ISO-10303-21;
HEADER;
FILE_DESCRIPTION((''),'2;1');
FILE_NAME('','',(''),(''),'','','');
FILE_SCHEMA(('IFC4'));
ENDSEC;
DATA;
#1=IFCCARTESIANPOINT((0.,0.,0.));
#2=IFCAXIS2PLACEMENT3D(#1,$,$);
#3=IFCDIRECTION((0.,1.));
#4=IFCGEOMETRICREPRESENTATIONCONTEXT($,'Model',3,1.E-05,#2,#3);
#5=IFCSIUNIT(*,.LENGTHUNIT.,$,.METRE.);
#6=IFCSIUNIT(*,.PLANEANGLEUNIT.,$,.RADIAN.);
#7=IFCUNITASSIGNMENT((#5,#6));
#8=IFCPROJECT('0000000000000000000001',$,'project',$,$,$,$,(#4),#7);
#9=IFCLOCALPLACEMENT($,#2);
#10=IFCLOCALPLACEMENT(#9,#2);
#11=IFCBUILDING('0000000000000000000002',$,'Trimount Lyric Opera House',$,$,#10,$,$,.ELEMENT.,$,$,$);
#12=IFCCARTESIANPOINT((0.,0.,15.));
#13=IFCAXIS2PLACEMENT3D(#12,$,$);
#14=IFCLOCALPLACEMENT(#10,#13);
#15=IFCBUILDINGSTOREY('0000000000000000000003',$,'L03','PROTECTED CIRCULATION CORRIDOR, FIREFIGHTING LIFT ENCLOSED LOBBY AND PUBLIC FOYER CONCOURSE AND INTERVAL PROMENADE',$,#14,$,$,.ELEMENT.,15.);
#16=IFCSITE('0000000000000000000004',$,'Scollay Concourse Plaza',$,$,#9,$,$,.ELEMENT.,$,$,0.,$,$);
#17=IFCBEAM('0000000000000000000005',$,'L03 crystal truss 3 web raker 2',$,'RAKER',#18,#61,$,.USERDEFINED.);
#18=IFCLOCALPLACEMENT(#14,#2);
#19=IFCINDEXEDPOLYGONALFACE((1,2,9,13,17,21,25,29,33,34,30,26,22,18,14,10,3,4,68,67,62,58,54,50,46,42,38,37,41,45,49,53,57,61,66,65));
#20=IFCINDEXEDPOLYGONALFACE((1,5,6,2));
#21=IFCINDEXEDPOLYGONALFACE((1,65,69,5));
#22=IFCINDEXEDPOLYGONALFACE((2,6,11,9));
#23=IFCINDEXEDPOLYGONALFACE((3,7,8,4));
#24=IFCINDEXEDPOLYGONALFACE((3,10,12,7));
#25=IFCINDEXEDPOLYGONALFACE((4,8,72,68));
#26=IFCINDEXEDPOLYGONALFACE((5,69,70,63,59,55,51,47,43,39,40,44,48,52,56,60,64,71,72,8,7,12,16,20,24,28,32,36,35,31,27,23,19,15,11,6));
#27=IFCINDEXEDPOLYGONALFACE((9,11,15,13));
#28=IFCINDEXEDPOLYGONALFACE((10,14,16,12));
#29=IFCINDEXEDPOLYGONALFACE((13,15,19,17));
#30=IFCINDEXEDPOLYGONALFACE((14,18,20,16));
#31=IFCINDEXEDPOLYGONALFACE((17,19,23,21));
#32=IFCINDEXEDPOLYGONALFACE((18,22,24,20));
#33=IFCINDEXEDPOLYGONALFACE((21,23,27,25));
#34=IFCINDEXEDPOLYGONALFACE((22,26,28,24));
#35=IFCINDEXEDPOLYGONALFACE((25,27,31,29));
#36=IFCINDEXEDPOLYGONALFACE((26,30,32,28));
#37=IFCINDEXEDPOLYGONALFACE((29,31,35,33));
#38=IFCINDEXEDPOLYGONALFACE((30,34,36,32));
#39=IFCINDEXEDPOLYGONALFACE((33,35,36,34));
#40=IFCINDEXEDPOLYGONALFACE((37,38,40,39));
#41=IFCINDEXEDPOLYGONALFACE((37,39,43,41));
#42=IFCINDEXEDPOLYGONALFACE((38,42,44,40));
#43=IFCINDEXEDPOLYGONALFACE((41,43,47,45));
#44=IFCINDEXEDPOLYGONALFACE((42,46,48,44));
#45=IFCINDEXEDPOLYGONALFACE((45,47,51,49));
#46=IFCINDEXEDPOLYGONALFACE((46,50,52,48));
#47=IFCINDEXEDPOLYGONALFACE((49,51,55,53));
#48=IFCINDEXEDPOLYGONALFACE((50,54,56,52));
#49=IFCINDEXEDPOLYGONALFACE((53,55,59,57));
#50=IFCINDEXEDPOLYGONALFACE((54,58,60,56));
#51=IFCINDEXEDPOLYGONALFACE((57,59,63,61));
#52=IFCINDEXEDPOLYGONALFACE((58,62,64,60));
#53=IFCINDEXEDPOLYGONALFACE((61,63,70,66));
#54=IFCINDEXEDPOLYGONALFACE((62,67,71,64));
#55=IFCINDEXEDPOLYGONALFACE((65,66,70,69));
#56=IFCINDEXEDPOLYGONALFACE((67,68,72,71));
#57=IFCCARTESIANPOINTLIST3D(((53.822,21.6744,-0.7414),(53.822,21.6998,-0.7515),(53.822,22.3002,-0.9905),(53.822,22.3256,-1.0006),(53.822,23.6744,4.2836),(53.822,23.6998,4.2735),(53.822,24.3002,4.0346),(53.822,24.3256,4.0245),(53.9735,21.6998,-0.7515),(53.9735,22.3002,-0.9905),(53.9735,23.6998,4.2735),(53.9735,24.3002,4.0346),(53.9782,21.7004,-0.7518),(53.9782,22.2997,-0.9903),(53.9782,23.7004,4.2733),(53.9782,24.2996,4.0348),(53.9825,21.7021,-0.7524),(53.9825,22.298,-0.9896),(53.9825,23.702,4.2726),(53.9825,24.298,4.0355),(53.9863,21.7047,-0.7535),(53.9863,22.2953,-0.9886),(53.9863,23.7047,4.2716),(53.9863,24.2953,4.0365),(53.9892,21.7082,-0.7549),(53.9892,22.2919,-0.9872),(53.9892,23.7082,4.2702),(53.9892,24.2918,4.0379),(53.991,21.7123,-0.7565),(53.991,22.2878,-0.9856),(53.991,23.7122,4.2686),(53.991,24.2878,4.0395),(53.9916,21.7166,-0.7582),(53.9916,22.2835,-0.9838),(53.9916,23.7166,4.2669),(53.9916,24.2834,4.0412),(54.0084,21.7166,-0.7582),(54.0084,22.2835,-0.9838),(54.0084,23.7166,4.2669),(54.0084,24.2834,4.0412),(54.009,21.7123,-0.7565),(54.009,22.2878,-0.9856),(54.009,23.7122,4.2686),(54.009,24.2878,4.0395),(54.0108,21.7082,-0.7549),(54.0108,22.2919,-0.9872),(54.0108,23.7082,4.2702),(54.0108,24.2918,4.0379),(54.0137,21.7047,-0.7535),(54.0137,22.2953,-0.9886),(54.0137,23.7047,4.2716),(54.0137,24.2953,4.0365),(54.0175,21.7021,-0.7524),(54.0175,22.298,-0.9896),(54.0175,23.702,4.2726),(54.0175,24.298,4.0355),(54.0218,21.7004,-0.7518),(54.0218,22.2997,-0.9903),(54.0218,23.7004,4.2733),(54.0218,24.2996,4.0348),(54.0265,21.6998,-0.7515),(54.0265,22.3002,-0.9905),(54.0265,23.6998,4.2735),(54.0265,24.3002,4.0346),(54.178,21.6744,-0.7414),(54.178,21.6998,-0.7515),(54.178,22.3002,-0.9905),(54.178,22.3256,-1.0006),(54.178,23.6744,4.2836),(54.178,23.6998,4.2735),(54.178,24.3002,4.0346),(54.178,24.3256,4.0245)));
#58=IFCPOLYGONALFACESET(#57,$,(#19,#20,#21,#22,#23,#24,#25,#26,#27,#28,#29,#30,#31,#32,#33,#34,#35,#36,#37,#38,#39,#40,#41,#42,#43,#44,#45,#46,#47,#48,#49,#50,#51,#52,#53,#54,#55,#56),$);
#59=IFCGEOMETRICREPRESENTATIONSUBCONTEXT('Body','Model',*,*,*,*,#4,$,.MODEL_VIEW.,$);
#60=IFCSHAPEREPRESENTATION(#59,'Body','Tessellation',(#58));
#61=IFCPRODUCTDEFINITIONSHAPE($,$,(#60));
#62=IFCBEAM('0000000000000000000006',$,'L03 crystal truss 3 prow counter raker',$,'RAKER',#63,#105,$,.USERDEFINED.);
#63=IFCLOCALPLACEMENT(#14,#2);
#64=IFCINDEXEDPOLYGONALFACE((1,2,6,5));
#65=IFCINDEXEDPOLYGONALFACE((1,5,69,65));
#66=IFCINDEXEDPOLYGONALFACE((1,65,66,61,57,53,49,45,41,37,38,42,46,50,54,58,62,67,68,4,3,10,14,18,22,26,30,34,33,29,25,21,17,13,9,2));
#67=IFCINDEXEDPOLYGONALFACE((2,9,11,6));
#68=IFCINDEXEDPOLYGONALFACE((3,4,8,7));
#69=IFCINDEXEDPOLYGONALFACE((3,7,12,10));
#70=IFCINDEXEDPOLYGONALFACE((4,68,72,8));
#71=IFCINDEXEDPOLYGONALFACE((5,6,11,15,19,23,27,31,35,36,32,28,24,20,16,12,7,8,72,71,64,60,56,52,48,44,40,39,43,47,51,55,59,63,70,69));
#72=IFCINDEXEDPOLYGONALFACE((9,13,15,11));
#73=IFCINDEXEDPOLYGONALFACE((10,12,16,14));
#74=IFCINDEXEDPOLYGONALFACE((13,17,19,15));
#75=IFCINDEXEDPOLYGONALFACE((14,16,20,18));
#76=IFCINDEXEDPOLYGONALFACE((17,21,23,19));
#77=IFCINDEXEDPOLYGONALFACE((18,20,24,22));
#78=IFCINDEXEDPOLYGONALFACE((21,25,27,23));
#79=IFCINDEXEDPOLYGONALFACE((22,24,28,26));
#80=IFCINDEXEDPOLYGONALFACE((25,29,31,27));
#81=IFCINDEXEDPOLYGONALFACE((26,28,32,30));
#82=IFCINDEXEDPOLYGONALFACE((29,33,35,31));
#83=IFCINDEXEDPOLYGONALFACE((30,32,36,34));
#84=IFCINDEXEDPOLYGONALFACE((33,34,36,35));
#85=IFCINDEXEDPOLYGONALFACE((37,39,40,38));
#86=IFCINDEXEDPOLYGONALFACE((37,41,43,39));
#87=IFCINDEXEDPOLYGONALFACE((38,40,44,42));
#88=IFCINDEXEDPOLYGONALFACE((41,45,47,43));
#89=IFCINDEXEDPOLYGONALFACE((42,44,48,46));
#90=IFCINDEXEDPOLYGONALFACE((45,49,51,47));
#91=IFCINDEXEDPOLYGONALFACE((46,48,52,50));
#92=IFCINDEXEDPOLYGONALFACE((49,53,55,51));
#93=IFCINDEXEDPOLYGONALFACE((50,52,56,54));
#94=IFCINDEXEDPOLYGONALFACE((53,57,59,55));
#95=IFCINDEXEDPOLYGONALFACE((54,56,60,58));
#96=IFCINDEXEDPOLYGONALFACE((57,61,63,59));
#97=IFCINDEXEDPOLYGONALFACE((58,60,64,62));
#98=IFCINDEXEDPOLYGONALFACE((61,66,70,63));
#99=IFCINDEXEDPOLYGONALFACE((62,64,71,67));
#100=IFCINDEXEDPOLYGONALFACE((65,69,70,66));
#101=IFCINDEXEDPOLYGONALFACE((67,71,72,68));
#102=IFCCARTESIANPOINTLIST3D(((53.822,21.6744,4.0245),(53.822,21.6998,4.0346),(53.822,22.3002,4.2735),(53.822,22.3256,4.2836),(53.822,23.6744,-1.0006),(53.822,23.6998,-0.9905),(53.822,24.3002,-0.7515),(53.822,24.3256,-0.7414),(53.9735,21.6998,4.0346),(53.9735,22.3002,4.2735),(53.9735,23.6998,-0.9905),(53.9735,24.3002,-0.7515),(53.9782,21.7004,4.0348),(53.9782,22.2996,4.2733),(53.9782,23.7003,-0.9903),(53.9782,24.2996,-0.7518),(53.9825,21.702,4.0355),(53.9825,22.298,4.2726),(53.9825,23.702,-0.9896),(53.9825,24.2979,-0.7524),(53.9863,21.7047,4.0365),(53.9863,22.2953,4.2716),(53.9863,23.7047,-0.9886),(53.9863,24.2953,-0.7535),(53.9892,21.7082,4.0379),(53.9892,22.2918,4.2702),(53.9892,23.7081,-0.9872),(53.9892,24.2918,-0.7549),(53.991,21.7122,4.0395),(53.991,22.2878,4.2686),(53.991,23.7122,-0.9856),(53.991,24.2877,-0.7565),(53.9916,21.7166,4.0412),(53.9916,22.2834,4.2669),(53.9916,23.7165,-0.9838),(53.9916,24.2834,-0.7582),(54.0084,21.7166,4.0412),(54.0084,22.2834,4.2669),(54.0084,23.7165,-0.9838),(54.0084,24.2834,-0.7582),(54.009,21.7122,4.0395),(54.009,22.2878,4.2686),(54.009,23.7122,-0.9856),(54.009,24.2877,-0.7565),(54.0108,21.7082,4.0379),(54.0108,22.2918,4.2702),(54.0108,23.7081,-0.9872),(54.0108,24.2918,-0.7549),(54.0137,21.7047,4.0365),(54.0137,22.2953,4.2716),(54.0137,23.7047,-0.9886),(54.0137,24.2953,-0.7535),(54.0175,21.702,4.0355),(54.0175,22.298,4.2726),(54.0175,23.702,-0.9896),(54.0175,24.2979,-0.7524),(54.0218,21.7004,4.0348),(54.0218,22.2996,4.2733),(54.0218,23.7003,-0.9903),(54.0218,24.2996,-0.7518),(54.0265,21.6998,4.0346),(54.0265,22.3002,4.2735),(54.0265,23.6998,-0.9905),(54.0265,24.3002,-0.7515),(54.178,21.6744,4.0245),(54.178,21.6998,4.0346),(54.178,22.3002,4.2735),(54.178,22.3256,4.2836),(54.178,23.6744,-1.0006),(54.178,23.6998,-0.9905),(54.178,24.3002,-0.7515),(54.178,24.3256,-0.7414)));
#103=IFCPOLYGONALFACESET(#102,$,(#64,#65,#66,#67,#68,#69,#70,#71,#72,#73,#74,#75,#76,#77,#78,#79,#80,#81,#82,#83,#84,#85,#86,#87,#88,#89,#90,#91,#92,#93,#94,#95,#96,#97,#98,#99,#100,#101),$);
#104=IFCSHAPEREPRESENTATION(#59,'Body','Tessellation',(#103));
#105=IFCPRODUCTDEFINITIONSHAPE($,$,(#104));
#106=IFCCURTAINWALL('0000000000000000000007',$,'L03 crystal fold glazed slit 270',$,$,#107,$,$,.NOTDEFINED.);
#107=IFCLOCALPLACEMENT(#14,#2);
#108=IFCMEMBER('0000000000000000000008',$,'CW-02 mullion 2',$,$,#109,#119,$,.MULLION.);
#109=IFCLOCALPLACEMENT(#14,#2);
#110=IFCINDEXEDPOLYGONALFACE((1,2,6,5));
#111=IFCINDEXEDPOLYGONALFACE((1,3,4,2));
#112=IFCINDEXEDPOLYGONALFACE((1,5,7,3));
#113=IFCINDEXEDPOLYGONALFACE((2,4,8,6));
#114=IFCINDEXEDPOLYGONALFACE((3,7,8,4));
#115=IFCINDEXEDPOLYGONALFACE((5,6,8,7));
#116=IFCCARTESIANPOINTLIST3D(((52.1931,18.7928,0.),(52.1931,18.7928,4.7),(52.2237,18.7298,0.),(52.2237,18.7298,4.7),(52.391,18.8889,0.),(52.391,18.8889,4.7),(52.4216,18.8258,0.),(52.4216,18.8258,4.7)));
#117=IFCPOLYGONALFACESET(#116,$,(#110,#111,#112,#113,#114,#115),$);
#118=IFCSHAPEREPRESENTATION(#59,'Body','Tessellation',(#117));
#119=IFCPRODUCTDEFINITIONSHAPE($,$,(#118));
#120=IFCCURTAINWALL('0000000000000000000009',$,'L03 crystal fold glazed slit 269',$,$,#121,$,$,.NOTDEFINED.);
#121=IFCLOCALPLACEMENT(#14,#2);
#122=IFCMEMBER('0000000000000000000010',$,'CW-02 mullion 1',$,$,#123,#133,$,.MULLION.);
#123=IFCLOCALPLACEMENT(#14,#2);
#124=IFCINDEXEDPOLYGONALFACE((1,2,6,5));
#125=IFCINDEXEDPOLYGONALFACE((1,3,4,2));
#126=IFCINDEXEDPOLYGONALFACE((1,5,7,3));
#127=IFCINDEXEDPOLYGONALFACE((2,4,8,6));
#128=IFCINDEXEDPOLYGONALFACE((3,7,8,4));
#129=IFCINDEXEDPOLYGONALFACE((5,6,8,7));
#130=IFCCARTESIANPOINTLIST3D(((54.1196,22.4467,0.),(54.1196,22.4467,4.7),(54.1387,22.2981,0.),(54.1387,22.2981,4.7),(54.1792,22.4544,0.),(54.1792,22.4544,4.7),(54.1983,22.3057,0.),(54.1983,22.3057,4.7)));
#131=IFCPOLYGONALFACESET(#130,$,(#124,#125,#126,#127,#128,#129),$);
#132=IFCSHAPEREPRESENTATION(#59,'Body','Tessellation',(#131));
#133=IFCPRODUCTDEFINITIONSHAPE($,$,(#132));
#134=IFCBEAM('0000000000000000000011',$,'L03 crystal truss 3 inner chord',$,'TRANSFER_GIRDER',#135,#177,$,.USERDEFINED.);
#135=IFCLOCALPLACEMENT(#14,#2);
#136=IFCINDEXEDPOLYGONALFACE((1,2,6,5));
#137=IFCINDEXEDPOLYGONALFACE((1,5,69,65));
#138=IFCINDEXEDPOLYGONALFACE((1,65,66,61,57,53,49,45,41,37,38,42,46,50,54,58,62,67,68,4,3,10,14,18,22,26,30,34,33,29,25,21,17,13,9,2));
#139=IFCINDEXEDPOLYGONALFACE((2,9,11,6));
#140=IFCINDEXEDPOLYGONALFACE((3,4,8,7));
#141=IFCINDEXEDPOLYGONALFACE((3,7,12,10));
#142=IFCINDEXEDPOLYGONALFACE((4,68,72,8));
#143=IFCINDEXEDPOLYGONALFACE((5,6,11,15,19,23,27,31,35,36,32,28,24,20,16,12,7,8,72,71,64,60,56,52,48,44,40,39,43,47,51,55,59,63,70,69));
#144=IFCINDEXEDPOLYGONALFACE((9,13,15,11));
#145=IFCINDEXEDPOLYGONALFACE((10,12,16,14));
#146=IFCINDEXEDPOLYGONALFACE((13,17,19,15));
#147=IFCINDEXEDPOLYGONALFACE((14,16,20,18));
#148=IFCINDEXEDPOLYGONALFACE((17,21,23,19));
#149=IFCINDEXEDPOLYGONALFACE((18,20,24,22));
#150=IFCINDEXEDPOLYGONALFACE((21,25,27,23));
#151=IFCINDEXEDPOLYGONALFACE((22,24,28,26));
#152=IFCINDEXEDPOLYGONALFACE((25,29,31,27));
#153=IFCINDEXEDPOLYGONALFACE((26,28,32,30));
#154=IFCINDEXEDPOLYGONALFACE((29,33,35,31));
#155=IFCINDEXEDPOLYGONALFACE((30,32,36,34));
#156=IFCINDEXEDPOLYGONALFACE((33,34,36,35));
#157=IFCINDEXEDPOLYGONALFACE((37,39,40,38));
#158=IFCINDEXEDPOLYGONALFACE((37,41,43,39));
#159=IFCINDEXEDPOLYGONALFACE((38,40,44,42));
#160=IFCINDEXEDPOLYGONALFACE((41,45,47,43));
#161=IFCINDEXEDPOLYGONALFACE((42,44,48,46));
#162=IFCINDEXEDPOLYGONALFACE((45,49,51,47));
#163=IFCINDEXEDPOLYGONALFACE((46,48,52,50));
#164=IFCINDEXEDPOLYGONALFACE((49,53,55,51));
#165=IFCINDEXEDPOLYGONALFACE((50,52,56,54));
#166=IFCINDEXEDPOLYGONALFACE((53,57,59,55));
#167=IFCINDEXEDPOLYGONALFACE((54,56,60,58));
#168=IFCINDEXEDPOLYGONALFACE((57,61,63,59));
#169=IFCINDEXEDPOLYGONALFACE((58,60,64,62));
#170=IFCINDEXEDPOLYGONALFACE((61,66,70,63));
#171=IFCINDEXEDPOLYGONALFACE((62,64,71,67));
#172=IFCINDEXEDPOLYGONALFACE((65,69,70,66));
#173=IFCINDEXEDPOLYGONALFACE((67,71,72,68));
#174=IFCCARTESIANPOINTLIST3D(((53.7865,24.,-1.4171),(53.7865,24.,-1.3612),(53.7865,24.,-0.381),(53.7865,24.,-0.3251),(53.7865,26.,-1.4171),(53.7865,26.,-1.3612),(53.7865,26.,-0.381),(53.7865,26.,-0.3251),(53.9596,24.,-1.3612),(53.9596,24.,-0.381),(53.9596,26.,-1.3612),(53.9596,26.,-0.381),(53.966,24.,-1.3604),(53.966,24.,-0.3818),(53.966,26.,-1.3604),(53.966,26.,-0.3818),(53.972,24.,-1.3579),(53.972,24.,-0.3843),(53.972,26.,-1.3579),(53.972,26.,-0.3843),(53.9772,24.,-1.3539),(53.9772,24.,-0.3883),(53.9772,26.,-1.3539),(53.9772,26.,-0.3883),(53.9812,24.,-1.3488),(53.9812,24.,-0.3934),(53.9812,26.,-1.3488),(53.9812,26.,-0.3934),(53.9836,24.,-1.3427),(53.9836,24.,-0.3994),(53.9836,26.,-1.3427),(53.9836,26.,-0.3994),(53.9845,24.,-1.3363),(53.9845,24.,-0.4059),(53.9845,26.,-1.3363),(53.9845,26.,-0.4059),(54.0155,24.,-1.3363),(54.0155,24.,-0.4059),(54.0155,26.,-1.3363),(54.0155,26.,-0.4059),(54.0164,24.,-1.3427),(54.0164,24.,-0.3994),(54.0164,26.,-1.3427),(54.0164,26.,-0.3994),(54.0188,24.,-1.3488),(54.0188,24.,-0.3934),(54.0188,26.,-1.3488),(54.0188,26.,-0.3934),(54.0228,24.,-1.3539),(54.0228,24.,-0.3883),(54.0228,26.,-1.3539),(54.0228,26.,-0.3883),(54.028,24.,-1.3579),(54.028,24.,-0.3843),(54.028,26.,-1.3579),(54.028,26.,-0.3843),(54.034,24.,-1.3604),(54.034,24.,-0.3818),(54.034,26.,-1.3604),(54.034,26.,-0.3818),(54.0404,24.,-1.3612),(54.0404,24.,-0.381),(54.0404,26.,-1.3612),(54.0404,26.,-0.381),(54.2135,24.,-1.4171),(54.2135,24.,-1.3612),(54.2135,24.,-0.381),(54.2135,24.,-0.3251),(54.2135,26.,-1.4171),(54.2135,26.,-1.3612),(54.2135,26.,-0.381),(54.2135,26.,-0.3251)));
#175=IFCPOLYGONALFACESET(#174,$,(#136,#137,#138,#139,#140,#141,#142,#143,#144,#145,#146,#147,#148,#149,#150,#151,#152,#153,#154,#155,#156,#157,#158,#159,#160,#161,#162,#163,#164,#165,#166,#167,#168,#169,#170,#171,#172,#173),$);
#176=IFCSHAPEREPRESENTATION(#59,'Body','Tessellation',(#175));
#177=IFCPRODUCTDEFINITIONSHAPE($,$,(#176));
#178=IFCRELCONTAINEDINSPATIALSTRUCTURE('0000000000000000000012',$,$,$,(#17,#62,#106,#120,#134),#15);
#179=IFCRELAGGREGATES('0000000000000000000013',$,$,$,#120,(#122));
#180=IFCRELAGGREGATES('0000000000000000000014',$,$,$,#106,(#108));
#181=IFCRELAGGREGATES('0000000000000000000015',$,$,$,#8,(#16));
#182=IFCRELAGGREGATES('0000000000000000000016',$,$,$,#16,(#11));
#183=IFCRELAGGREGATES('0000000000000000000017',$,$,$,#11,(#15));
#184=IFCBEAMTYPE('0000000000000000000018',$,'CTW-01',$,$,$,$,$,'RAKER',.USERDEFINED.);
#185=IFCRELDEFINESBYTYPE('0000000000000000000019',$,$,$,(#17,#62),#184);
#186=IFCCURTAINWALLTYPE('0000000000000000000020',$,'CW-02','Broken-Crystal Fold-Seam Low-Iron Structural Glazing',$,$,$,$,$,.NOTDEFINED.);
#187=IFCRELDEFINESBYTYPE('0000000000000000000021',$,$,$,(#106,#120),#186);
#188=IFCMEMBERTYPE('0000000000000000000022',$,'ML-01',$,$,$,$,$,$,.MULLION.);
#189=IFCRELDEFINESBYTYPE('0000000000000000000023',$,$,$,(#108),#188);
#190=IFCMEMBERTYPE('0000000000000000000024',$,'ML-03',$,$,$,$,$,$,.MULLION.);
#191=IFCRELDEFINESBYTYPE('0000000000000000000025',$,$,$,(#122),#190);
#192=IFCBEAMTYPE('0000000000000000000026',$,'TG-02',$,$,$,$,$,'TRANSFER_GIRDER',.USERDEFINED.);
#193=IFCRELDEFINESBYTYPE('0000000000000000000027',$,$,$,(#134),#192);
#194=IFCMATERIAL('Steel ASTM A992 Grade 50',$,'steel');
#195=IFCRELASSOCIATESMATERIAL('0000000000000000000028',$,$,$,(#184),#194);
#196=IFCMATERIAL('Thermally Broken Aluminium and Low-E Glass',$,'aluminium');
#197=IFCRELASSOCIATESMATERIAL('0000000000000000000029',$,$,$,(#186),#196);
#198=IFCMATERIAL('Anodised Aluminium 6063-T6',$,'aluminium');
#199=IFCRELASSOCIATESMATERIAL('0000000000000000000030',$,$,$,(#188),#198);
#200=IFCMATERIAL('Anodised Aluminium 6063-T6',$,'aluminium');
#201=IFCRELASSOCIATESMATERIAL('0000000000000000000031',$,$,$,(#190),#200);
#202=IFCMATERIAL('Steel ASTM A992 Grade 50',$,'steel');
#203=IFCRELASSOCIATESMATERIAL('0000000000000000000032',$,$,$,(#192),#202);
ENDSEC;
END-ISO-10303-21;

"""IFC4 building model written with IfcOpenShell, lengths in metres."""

from ifc_helpers import new_model, si_unit, direction, frame, origin, origin_2d, place, context, subcontext, project, spatial, rectangle, i_section, extrude, material, material_profile, profile_set, type_object, element, aggregate, save


model = new_model("IFC4")

# Units and contexts
model_context = context("Model", 3, precision=1e-05, world=origin(), true_north=direction((0.0, 1.0)))
body_context = subcontext(model_context, "Body", "Model", "MODEL_VIEW")
ifc_project = project(units=[si_unit("LENGTHUNIT", "METRE"), si_unit("PLANEANGLEUNIT", "RADIAN")], contexts=[model_context])

# Site, building, storey
site_placement = place(None, origin())
site = spatial("IfcSite", under=ifc_project, at=site_placement, Name="Scollay Concourse Plaza", CompositionType="ELEMENT", RefElevation=0.0)
building_placement = place(site_placement, origin())
building = spatial("IfcBuilding", under=site, at=building_placement, Name="Trimount Lyric Opera House", CompositionType="ELEMENT")
storey_placement = place(building_placement, frame((0.0, 0.0, 15.0)))
storey = spatial("IfcBuildingStorey", under=building, at=storey_placement, Name="L03", Description="PROTECTED CIRCULATION CORRIDOR, FIREFIGHTING LIFT ENCLOSED LOBBY AND PUBLIC FOYER CONCOURSE AND INTERVAL PROMENADE", CompositionType="ELEMENT", Elevation=15.0)

# Beams
ifc_material_1 = material(Name="Steel ASTM A992 Grade 50", Category="steel")
ifc_material_profile_1 = material_profile(ifc_material_1, i_section(OverallWidth=0.356, OverallDepth=0.7009, WebThickness=0.0168, FlangeThickness=0.0273, FilletRadius=0.0181, at=origin_2d()), Name="W27X161")
ifc_profile_set_1 = profile_set([ifc_material_profile_1], Name="Steel ASTM A992 Grade 50")
beam_type_1 = type_object("IfcBeamType", Name="CTW-01", ElementType="RAKER", PredefinedType="USERDEFINED", material=ifc_profile_set_1)
for number, where, z_axis, x_axis, name in (
    (1, (54.0, 24.0, 4.1541), (0.0, -0.369787, -0.929117), (1.0, 0.0, 0.0), "L03 crystal truss 3 web raker 2"),
    (2, (54.0, 22.0, 4.1541), (0.0, 0.369787, -0.929117), (-1.0, 0.0, 0.0), "L03 crystal truss 3 prow counter raker"),
):
    element("IfcBeam", number, at=place(storey_placement, frame(where, z_axis=z_axis, x_axis=x_axis)), inside=storey, type_object=beam_type_1, Name=name, ObjectType="RAKER", PredefinedType="USERDEFINED", context=body_context, shape_type="SweptSolid", body=[
        extrude(i_section(OverallWidth=0.356, OverallDepth=0.7009, WebThickness=0.0168, FlangeThickness=0.0273, FilletRadius=0.0181, at=origin_2d()), origin(), (0.0, 0.0, 1.0), 5.4084),
    ])

# Curtain walls, members
ifc_material_2 = material(Name="Thermally Broken Aluminium and Low-E Glass", Category="aluminium")
curtain_wall_type = type_object("IfcCurtainWallType", Name="CW-02", Description="Broken-Crystal Fold-Seam Low-Iron Structural Glazing", PredefinedType="NOTDEFINED", material=ifc_material_2)
curtain_wall_1_placement = place(storey_placement, origin())
curtain_wall_1 = element("IfcCurtainWall", 3, at=curtain_wall_1_placement, inside=storey, type_object=curtain_wall_type, Name="L03 crystal fold glazed slit 270", PredefinedType="NOTDEFINED")
ifc_material_3 = material(Name="Anodised Aluminium 6063-T6", Category="aluminium")
ifc_material_profile_2 = material_profile(ifc_material_3, rectangle(XDim=0.0701, YDim=0.22, at=origin_2d()), Name="ALU-MULL-70X220")
ifc_profile_set_2 = profile_set([ifc_material_profile_2], Name="Anodised Aluminium 6063-T6")
member_type_1 = type_object("IfcMemberType", Name="ML-01", PredefinedType="MULLION", material=ifc_profile_set_2)
member_1_placement = place(storey_placement, frame((52.3074, 18.8093, 0.0), z_axis=(0.0, 0.0, 1.0), x_axis=(0.436659, -0.899627, 0.0)))
member_1 = element("IfcMember", 4, at=member_1_placement, type_object=member_type_1, Name="CW-02 mullion 2", PredefinedType="MULLION", context=body_context, shape_type="SweptSolid", body=[
    extrude(rectangle(XDim=0.0701, YDim=0.22, at=origin_2d()), origin(), (0.0, 0.0, 1.0), 4.7),
])
curtain_wall_2_placement = place(storey_placement, origin())
curtain_wall_2 = element("IfcCurtainWall", 5, at=curtain_wall_2_placement, inside=storey, type_object=curtain_wall_type, Name="L03 crystal fold glazed slit 269", PredefinedType="NOTDEFINED")
ifc_material_4 = material(Name="Anodised Aluminium 6063-T6", Category="aluminium")
ifc_material_profile_3 = material_profile(ifc_material_4, rectangle(XDim=0.0601, YDim=0.1499, at=origin_2d()), Name="ALU-MULL-60X150")
ifc_profile_set_3 = profile_set([ifc_material_profile_3], Name="Anodised Aluminium 6063-T6")
member_type_2 = type_object("IfcMemberType", Name="ML-03", PredefinedType="MULLION", material=ifc_profile_set_3)
member_2_placement = place(storey_placement, frame((54.1589, 22.3762, 0.0), z_axis=(0.0, 0.0, 1.0), x_axis=(0.991877, 0.127203, 0.0)))
member_2 = element("IfcMember", 6, at=member_2_placement, type_object=member_type_2, Name="CW-02 mullion 1", PredefinedType="MULLION", context=body_context, shape_type="SweptSolid", body=[
    extrude(rectangle(XDim=0.0601, YDim=0.1499, at=origin_2d()), origin(), (0.0, 0.0, 1.0), 4.7),
])

# Beam
ifc_material_5 = material(Name="Steel ASTM A992 Grade 50", Category="steel")
ifc_material_profile_4 = material_profile(ifc_material_5, i_section(OverallWidth=0.427, OverallDepth=1.092, WebThickness=0.031, FlangeThickness=0.0559, FilletRadius=0.0249, at=origin_2d()), Name="W40X397")
ifc_profile_set_4 = profile_set([ifc_material_profile_4], Name="Steel ASTM A992 Grade 50")
beam_type_2 = type_object("IfcBeamType", Name="TG-02", ElementType="TRANSFER_GIRDER", PredefinedType="USERDEFINED", material=ifc_profile_set_4)
for number, where, z_axis, x_axis, name in (
    (7, (54.0, 24.0, -0.8711), (0.0, 1.0, 0.0), (-1.0, 0.0, 0.0), "L03 crystal truss 3 inner chord"),
):
    element("IfcBeam", number, at=place(storey_placement, frame(where, z_axis=z_axis, x_axis=x_axis)), inside=storey, type_object=beam_type_2, Name=name, ObjectType="TRANSFER_GIRDER", PredefinedType="USERDEFINED", context=body_context, shape_type="SweptSolid", body=[
        extrude(i_section(OverallWidth=0.427, OverallDepth=1.092, WebThickness=0.031, FlangeThickness=0.0559, FilletRadius=0.0249, at=origin_2d()), origin(), (0.0, 0.0, 1.0), 2.0),
    ])

aggregate(curtain_wall_2, [member_2])

aggregate(curtain_wall_1, [member_1])

save(model, "model.ifc")
